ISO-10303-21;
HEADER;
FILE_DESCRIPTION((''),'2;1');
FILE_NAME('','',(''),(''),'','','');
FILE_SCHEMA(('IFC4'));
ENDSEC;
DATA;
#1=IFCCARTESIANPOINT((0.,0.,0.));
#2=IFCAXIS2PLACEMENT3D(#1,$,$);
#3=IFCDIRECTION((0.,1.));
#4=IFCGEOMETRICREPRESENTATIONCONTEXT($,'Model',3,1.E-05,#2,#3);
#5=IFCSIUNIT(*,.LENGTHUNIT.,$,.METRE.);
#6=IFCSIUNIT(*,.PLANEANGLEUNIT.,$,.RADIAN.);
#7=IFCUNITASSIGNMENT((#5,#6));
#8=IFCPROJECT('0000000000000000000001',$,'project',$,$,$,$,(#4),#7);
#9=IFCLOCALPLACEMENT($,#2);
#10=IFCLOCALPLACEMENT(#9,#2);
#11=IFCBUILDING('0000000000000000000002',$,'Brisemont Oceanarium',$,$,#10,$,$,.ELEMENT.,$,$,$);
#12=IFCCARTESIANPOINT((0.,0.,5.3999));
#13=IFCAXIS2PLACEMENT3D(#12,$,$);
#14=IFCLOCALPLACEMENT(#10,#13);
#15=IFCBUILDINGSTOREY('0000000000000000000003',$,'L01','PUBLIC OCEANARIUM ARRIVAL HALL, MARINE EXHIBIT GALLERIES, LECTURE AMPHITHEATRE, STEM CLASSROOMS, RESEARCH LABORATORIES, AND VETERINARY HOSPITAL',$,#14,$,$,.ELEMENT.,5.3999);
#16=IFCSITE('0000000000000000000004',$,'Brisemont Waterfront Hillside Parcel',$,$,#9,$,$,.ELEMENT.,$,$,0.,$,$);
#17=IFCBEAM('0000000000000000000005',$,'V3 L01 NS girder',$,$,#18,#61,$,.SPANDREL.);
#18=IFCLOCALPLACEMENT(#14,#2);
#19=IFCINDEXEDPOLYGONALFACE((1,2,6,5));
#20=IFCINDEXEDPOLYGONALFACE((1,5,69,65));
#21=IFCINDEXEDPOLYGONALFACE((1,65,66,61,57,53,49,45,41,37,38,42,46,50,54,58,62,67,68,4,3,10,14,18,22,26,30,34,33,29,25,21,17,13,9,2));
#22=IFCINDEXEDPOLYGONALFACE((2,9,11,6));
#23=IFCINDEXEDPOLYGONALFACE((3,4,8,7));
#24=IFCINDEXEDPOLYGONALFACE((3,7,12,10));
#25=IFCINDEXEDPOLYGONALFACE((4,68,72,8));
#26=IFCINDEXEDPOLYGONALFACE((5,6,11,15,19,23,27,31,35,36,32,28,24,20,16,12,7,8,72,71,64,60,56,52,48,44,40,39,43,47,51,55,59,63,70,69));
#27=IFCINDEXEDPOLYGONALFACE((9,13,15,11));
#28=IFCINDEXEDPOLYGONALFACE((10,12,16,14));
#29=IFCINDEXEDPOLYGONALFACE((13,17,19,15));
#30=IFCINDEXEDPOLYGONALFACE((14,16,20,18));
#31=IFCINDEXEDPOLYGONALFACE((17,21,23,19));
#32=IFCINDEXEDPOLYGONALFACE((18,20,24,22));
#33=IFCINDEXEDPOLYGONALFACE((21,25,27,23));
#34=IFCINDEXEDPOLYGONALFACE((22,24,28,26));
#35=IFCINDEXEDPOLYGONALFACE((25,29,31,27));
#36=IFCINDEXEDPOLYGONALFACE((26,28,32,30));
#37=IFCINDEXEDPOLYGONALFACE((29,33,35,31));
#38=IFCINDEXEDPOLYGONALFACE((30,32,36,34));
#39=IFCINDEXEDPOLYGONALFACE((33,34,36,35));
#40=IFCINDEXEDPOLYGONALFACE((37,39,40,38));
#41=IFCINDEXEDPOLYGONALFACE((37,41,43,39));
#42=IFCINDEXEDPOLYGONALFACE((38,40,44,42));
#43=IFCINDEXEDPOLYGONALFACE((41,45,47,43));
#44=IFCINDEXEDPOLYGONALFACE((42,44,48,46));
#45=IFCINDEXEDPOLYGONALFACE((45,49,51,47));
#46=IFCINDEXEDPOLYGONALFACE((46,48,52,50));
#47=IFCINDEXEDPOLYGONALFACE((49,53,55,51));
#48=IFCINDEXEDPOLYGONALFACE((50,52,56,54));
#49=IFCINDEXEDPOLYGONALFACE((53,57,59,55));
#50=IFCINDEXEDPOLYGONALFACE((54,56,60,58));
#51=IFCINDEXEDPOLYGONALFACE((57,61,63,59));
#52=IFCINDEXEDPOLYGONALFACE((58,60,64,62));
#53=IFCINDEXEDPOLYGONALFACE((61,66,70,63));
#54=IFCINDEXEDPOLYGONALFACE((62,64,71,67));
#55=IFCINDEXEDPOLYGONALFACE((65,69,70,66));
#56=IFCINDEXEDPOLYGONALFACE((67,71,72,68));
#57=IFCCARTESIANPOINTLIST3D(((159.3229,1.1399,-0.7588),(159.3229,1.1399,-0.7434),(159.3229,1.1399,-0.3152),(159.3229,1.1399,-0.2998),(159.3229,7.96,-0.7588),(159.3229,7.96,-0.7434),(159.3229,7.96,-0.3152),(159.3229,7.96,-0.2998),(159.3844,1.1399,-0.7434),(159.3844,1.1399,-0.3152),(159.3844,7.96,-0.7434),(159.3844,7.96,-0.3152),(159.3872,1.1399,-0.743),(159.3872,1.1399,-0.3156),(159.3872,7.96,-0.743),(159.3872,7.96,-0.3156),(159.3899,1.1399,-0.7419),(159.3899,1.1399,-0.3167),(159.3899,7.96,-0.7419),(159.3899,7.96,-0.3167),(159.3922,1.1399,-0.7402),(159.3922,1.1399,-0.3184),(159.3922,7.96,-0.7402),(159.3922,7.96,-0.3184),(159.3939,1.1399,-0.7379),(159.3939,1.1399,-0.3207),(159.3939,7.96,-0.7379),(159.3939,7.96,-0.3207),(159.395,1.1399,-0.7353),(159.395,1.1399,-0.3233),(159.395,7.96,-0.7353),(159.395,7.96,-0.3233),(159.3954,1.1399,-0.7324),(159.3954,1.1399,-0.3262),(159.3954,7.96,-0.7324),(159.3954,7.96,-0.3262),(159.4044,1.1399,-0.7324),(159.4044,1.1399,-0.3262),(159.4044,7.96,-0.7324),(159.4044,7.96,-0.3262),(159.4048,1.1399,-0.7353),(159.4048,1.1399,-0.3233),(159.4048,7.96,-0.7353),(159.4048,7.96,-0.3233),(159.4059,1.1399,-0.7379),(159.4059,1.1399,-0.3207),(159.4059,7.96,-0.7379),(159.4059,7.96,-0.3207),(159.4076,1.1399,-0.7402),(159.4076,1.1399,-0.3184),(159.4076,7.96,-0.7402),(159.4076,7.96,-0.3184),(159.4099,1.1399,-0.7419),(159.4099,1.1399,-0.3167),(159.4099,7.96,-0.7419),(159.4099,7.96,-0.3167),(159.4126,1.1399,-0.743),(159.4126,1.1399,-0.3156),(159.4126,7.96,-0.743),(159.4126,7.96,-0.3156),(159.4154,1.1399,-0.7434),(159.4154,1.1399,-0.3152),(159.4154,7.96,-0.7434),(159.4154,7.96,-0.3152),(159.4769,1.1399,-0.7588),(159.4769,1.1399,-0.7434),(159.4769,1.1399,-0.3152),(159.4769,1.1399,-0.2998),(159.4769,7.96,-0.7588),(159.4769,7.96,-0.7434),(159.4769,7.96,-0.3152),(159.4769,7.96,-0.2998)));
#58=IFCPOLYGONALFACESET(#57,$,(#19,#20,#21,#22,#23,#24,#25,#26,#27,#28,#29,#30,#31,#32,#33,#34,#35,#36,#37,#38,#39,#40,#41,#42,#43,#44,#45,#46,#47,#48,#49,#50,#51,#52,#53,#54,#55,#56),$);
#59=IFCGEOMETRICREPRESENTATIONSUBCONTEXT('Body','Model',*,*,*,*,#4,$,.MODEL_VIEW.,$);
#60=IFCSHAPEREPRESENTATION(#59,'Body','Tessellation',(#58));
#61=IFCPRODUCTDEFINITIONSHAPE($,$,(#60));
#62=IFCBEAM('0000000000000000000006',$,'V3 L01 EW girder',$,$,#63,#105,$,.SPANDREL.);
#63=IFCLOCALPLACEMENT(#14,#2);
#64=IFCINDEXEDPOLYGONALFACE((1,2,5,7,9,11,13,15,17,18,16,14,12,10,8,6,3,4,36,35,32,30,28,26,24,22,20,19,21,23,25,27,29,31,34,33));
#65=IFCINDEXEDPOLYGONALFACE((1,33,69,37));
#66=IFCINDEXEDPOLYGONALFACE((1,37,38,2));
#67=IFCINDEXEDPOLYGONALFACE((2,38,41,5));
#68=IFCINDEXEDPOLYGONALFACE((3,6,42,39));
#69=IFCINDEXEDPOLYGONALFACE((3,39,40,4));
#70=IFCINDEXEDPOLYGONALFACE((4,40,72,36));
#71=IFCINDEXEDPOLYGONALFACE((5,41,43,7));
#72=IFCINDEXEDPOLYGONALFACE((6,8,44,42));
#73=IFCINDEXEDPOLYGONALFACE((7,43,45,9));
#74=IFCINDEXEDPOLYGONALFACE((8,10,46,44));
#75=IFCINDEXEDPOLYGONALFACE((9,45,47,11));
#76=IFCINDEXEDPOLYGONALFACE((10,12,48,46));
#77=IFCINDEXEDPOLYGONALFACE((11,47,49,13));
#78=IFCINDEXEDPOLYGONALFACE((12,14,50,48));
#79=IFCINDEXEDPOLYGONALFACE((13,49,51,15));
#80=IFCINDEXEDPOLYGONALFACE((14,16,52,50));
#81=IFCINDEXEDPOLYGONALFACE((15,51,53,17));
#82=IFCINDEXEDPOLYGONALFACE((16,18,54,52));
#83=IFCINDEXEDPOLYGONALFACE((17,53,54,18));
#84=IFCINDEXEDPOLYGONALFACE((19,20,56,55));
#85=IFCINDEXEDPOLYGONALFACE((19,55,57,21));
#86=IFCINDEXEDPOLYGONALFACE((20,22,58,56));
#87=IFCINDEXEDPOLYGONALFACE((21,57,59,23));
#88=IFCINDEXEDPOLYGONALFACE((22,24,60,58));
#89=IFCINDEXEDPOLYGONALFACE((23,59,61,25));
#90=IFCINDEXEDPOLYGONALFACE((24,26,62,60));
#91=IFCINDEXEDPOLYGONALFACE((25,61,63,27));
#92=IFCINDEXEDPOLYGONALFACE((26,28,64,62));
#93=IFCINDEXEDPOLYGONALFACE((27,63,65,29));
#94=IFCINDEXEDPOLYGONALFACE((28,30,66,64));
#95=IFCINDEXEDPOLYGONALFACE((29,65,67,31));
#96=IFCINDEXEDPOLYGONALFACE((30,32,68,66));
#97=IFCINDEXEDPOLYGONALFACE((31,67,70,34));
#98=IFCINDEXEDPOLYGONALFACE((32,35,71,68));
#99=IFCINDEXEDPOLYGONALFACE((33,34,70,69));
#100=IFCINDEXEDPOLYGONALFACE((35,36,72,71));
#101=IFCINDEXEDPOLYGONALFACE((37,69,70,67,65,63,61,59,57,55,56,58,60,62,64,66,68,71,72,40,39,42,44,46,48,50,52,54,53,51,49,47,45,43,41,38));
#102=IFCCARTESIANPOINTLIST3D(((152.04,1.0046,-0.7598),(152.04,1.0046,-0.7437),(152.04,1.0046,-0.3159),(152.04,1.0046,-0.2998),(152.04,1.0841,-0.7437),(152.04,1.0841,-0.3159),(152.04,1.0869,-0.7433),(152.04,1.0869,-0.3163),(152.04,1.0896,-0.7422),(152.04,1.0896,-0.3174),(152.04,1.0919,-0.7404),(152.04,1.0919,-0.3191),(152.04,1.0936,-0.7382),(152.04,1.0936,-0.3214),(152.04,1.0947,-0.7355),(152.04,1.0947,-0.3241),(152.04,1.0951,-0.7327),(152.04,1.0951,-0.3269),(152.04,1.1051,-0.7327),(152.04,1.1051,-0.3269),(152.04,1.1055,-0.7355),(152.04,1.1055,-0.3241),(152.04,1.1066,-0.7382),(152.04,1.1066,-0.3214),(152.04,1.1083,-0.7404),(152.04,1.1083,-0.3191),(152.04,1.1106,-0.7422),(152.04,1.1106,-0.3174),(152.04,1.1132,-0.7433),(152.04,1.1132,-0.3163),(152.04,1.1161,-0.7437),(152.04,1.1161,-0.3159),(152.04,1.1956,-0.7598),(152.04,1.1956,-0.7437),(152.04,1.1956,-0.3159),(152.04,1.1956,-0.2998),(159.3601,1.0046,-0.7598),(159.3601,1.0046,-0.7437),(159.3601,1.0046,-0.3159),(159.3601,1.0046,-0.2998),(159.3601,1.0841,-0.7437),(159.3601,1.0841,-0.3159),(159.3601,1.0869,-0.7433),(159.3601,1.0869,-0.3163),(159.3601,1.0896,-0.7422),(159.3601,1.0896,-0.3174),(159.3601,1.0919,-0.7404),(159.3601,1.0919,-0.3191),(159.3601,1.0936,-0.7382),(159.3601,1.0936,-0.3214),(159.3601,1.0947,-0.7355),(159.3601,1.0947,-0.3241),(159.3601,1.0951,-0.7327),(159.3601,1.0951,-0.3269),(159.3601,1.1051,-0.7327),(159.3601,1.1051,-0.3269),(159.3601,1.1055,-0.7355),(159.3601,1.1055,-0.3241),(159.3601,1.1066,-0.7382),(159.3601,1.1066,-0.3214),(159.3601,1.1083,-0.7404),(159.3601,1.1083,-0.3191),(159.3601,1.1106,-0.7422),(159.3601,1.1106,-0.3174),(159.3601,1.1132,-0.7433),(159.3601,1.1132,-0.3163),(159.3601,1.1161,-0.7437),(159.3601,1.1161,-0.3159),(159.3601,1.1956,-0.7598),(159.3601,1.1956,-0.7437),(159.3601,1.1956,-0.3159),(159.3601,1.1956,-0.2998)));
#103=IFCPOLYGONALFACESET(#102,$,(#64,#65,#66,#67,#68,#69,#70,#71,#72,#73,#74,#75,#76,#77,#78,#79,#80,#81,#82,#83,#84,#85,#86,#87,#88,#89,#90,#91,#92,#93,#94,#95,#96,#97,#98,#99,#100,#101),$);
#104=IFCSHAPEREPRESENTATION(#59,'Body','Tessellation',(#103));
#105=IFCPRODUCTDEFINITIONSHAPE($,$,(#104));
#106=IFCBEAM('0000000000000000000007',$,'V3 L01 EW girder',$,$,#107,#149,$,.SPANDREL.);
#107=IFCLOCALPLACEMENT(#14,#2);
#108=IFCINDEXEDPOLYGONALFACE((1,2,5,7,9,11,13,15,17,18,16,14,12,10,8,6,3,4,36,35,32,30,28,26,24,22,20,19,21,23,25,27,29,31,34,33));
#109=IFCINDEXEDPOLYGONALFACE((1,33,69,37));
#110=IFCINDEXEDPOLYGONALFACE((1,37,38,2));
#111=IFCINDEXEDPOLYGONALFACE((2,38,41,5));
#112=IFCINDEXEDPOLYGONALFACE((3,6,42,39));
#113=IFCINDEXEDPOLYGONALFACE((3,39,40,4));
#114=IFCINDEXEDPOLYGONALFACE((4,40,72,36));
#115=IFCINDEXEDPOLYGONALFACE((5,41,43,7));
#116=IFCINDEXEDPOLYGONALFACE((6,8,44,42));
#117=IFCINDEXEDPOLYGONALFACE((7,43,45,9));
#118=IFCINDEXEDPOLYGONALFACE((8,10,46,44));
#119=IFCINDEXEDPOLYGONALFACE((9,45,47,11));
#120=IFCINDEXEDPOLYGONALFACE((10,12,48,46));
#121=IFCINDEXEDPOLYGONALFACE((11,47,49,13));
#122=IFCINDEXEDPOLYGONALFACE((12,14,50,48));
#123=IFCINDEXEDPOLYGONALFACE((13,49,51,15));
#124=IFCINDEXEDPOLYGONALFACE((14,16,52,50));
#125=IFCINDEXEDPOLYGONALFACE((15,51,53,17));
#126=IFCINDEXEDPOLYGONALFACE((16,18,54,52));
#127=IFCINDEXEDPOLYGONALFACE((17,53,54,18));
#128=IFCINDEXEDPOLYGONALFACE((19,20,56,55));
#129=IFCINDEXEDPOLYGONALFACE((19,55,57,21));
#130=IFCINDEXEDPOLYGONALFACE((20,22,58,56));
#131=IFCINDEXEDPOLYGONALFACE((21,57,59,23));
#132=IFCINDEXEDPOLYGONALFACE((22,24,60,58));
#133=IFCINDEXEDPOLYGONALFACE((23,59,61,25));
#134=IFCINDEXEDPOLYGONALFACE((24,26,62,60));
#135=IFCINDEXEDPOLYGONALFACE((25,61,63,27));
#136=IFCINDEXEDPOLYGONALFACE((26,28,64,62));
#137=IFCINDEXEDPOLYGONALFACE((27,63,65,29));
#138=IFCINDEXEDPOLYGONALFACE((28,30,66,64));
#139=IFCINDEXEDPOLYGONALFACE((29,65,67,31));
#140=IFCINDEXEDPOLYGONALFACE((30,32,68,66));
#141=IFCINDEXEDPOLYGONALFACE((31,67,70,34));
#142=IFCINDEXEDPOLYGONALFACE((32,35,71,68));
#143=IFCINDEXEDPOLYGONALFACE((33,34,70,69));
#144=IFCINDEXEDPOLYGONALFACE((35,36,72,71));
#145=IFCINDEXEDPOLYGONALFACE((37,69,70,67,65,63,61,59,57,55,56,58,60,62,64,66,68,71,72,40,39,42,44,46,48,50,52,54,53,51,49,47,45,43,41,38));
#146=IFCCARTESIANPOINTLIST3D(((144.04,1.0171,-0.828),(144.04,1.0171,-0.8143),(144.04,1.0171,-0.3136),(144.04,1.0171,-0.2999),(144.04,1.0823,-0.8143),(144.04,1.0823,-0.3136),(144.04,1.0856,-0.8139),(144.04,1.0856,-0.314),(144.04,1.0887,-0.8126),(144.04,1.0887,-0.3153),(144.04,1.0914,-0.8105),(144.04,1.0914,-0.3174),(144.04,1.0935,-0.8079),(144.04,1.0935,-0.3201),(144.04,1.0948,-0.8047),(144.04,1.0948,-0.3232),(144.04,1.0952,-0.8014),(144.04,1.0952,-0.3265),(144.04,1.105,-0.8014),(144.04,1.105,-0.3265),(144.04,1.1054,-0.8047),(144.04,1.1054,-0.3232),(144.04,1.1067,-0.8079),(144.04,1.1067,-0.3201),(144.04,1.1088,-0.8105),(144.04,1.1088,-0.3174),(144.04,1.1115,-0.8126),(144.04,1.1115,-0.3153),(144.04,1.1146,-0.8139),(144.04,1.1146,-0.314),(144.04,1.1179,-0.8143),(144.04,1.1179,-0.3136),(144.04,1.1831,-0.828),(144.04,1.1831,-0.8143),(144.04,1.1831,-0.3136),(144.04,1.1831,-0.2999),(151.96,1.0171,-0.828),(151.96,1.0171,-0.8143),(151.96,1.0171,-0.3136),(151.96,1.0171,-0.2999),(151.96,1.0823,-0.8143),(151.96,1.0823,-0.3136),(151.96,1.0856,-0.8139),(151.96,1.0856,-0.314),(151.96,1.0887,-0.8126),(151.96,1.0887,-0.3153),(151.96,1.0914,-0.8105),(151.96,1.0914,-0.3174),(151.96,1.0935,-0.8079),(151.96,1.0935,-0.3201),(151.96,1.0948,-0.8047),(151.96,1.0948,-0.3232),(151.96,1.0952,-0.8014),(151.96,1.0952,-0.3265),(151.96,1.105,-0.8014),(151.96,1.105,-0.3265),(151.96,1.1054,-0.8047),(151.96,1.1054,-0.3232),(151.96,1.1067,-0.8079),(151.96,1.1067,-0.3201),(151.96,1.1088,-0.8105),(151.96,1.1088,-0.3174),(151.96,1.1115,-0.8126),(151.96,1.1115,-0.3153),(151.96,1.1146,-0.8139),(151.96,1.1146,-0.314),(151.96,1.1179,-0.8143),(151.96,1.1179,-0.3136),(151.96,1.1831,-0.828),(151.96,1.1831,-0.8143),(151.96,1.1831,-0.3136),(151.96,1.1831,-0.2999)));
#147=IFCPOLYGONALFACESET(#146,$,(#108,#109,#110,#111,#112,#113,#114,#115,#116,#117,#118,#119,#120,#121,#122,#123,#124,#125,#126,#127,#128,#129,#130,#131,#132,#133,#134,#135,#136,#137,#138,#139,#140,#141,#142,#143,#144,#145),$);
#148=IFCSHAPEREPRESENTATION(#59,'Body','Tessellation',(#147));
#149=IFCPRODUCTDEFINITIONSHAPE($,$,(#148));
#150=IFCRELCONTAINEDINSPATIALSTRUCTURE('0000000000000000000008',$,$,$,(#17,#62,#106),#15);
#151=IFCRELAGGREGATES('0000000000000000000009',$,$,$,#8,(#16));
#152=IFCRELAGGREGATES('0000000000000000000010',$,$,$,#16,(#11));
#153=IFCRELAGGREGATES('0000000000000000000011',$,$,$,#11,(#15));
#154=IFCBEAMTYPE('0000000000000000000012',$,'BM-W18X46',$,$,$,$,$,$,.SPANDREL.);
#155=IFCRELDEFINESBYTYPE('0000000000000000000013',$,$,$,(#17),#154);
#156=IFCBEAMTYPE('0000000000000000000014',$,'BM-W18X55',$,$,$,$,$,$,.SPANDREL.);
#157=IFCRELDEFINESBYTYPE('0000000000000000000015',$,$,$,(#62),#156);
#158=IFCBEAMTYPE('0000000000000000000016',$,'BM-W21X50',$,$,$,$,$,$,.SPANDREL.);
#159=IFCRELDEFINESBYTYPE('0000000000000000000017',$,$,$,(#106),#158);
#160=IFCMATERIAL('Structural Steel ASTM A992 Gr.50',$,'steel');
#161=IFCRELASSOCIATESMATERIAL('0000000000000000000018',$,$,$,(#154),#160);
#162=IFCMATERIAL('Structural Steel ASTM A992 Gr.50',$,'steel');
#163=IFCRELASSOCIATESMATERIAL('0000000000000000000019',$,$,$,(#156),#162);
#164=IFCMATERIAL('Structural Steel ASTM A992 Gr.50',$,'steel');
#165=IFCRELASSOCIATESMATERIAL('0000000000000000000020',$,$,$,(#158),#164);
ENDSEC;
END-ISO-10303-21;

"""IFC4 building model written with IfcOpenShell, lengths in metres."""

from ifc_helpers import new_model, si_unit, direction, frame, origin, origin_2d, place, context, subcontext, project, spatial, i_section, extrude, material, material_profile, profile_set, type_object, element, save


model = new_model("IFC4")

# Units and contexts
model_context = context("Model", 3, precision=1e-05, world=origin(), true_north=direction((0.0, 1.0)))
body_context = subcontext(model_context, "Body", "Model", "MODEL_VIEW")
ifc_project = project(units=[si_unit("LENGTHUNIT", "METRE"), si_unit("PLANEANGLEUNIT", "RADIAN")], contexts=[model_context])

# Site, building, storey
site_placement = place(None, origin())
site = spatial("IfcSite", under=ifc_project, at=site_placement, Name="Brisemont Waterfront Hillside Parcel", CompositionType="ELEMENT", RefElevation=0.0)
building_placement = place(site_placement, origin())
building = spatial("IfcBuilding", under=site, at=building_placement, Name="Brisemont Oceanarium", CompositionType="ELEMENT")
storey_placement = place(building_placement, frame((0.0, 0.0, 5.3999)))
storey = spatial("IfcBuildingStorey", under=building, at=storey_placement, Name="L01", Description="PUBLIC OCEANARIUM ARRIVAL HALL, MARINE EXHIBIT GALLERIES, LECTURE AMPHITHEATRE, STEM CLASSROOMS, RESEARCH LABORATORIES, AND VETERINARY HOSPITAL", CompositionType="ELEMENT", Elevation=5.3999)

# Beams
ifc_material_1 = material(Name="Structural Steel ASTM A992 Gr.50", Category="steel")
ifc_material_profile_1 = material_profile(ifc_material_1, i_section(OverallWidth=0.1541, OverallDepth=0.459, WebThickness=0.009, FlangeThickness=0.0154, FilletRadius=0.011, at=origin_2d()), Name="W18X46")
ifc_profile_set_1 = profile_set([ifc_material_profile_1], Name="Structural Steel ASTM A992 Gr.50")
beam_type_1 = type_object("IfcBeamType", Name="BM-W18X46", PredefinedType="SPANDREL", material=ifc_profile_set_1)
beam_1_placement = place(storey_placement, frame((159.3999, 1.1399, -0.5293), z_axis=(0.0, 1.0, 0.0), x_axis=(-1.0, 0.0, 0.0)))
element("IfcBeam", 1, at=beam_1_placement, inside=storey, type_object=beam_type_1, Name="V3 L01 NS girder", PredefinedType="SPANDREL", context=body_context, shape_type="SweptSolid", body=[
    extrude(i_section(OverallWidth=0.1541, OverallDepth=0.459, WebThickness=0.009, FlangeThickness=0.0154, FilletRadius=0.011, at=origin_2d()), origin(), (0.0, 0.0, 1.0), 6.8201),
])
ifc_material_2 = material(Name="Structural Steel ASTM A992 Gr.50", Category="steel")
ifc_material_profile_2 = material_profile(ifc_material_2, i_section(OverallWidth=0.1909, OverallDepth=0.46, WebThickness=0.01, FlangeThickness=0.0161, FilletRadius=0.011, at=origin_2d()), Name="W18X55")
ifc_profile_set_2 = profile_set([ifc_material_profile_2], Name="Structural Steel ASTM A992 Gr.50")
beam_type_2 = type_object("IfcBeamType", Name="BM-W18X55", PredefinedType="SPANDREL", material=ifc_profile_set_2)
beam_2_placement = place(storey_placement, frame((152.04, 1.1001, -0.5298), z_axis=(1.0, 0.0, 0.0), x_axis=(0.0, 1.0, 0.0)))
element("IfcBeam", 2, at=beam_2_placement, inside=storey, type_object=beam_type_2, Name="V3 L01 EW girder", PredefinedType="SPANDREL", context=body_context, shape_type="SweptSolid", body=[
    extrude(i_section(OverallWidth=0.1909, OverallDepth=0.46, WebThickness=0.01, FlangeThickness=0.0161, FilletRadius=0.011, at=origin_2d()), origin(), (0.0, 0.0, 1.0), 7.3201),
])
ifc_material_3 = material(Name="Structural Steel ASTM A992 Gr.50", Category="steel")
ifc_material_profile_3 = material_profile(ifc_material_3, i_section(OverallWidth=0.166, OverallDepth=0.5281, WebThickness=0.0098, FlangeThickness=0.0137, FilletRadius=0.0129, at=origin_2d()), Name="W21X50")
ifc_profile_set_3 = profile_set([ifc_material_profile_3], Name="Structural Steel ASTM A992 Gr.50")
beam_type_3 = type_object("IfcBeamType", Name="BM-W21X50", PredefinedType="SPANDREL", material=ifc_profile_set_3)
beam_3_placement = place(storey_placement, frame((144.04, 1.1001, -0.564), z_axis=(1.0, 0.0, 0.0), x_axis=(0.0, 1.0, 0.0)))
element("IfcBeam", 3, at=beam_3_placement, inside=storey, type_object=beam_type_3, Name="V3 L01 EW girder", PredefinedType="SPANDREL", context=body_context, shape_type="SweptSolid", body=[
    extrude(i_section(OverallWidth=0.166, OverallDepth=0.5281, WebThickness=0.0098, FlangeThickness=0.0137, FilletRadius=0.0129, at=origin_2d()), origin(), (0.0, 0.0, 1.0), 7.9199),
])

save(model, "model.ifc")
